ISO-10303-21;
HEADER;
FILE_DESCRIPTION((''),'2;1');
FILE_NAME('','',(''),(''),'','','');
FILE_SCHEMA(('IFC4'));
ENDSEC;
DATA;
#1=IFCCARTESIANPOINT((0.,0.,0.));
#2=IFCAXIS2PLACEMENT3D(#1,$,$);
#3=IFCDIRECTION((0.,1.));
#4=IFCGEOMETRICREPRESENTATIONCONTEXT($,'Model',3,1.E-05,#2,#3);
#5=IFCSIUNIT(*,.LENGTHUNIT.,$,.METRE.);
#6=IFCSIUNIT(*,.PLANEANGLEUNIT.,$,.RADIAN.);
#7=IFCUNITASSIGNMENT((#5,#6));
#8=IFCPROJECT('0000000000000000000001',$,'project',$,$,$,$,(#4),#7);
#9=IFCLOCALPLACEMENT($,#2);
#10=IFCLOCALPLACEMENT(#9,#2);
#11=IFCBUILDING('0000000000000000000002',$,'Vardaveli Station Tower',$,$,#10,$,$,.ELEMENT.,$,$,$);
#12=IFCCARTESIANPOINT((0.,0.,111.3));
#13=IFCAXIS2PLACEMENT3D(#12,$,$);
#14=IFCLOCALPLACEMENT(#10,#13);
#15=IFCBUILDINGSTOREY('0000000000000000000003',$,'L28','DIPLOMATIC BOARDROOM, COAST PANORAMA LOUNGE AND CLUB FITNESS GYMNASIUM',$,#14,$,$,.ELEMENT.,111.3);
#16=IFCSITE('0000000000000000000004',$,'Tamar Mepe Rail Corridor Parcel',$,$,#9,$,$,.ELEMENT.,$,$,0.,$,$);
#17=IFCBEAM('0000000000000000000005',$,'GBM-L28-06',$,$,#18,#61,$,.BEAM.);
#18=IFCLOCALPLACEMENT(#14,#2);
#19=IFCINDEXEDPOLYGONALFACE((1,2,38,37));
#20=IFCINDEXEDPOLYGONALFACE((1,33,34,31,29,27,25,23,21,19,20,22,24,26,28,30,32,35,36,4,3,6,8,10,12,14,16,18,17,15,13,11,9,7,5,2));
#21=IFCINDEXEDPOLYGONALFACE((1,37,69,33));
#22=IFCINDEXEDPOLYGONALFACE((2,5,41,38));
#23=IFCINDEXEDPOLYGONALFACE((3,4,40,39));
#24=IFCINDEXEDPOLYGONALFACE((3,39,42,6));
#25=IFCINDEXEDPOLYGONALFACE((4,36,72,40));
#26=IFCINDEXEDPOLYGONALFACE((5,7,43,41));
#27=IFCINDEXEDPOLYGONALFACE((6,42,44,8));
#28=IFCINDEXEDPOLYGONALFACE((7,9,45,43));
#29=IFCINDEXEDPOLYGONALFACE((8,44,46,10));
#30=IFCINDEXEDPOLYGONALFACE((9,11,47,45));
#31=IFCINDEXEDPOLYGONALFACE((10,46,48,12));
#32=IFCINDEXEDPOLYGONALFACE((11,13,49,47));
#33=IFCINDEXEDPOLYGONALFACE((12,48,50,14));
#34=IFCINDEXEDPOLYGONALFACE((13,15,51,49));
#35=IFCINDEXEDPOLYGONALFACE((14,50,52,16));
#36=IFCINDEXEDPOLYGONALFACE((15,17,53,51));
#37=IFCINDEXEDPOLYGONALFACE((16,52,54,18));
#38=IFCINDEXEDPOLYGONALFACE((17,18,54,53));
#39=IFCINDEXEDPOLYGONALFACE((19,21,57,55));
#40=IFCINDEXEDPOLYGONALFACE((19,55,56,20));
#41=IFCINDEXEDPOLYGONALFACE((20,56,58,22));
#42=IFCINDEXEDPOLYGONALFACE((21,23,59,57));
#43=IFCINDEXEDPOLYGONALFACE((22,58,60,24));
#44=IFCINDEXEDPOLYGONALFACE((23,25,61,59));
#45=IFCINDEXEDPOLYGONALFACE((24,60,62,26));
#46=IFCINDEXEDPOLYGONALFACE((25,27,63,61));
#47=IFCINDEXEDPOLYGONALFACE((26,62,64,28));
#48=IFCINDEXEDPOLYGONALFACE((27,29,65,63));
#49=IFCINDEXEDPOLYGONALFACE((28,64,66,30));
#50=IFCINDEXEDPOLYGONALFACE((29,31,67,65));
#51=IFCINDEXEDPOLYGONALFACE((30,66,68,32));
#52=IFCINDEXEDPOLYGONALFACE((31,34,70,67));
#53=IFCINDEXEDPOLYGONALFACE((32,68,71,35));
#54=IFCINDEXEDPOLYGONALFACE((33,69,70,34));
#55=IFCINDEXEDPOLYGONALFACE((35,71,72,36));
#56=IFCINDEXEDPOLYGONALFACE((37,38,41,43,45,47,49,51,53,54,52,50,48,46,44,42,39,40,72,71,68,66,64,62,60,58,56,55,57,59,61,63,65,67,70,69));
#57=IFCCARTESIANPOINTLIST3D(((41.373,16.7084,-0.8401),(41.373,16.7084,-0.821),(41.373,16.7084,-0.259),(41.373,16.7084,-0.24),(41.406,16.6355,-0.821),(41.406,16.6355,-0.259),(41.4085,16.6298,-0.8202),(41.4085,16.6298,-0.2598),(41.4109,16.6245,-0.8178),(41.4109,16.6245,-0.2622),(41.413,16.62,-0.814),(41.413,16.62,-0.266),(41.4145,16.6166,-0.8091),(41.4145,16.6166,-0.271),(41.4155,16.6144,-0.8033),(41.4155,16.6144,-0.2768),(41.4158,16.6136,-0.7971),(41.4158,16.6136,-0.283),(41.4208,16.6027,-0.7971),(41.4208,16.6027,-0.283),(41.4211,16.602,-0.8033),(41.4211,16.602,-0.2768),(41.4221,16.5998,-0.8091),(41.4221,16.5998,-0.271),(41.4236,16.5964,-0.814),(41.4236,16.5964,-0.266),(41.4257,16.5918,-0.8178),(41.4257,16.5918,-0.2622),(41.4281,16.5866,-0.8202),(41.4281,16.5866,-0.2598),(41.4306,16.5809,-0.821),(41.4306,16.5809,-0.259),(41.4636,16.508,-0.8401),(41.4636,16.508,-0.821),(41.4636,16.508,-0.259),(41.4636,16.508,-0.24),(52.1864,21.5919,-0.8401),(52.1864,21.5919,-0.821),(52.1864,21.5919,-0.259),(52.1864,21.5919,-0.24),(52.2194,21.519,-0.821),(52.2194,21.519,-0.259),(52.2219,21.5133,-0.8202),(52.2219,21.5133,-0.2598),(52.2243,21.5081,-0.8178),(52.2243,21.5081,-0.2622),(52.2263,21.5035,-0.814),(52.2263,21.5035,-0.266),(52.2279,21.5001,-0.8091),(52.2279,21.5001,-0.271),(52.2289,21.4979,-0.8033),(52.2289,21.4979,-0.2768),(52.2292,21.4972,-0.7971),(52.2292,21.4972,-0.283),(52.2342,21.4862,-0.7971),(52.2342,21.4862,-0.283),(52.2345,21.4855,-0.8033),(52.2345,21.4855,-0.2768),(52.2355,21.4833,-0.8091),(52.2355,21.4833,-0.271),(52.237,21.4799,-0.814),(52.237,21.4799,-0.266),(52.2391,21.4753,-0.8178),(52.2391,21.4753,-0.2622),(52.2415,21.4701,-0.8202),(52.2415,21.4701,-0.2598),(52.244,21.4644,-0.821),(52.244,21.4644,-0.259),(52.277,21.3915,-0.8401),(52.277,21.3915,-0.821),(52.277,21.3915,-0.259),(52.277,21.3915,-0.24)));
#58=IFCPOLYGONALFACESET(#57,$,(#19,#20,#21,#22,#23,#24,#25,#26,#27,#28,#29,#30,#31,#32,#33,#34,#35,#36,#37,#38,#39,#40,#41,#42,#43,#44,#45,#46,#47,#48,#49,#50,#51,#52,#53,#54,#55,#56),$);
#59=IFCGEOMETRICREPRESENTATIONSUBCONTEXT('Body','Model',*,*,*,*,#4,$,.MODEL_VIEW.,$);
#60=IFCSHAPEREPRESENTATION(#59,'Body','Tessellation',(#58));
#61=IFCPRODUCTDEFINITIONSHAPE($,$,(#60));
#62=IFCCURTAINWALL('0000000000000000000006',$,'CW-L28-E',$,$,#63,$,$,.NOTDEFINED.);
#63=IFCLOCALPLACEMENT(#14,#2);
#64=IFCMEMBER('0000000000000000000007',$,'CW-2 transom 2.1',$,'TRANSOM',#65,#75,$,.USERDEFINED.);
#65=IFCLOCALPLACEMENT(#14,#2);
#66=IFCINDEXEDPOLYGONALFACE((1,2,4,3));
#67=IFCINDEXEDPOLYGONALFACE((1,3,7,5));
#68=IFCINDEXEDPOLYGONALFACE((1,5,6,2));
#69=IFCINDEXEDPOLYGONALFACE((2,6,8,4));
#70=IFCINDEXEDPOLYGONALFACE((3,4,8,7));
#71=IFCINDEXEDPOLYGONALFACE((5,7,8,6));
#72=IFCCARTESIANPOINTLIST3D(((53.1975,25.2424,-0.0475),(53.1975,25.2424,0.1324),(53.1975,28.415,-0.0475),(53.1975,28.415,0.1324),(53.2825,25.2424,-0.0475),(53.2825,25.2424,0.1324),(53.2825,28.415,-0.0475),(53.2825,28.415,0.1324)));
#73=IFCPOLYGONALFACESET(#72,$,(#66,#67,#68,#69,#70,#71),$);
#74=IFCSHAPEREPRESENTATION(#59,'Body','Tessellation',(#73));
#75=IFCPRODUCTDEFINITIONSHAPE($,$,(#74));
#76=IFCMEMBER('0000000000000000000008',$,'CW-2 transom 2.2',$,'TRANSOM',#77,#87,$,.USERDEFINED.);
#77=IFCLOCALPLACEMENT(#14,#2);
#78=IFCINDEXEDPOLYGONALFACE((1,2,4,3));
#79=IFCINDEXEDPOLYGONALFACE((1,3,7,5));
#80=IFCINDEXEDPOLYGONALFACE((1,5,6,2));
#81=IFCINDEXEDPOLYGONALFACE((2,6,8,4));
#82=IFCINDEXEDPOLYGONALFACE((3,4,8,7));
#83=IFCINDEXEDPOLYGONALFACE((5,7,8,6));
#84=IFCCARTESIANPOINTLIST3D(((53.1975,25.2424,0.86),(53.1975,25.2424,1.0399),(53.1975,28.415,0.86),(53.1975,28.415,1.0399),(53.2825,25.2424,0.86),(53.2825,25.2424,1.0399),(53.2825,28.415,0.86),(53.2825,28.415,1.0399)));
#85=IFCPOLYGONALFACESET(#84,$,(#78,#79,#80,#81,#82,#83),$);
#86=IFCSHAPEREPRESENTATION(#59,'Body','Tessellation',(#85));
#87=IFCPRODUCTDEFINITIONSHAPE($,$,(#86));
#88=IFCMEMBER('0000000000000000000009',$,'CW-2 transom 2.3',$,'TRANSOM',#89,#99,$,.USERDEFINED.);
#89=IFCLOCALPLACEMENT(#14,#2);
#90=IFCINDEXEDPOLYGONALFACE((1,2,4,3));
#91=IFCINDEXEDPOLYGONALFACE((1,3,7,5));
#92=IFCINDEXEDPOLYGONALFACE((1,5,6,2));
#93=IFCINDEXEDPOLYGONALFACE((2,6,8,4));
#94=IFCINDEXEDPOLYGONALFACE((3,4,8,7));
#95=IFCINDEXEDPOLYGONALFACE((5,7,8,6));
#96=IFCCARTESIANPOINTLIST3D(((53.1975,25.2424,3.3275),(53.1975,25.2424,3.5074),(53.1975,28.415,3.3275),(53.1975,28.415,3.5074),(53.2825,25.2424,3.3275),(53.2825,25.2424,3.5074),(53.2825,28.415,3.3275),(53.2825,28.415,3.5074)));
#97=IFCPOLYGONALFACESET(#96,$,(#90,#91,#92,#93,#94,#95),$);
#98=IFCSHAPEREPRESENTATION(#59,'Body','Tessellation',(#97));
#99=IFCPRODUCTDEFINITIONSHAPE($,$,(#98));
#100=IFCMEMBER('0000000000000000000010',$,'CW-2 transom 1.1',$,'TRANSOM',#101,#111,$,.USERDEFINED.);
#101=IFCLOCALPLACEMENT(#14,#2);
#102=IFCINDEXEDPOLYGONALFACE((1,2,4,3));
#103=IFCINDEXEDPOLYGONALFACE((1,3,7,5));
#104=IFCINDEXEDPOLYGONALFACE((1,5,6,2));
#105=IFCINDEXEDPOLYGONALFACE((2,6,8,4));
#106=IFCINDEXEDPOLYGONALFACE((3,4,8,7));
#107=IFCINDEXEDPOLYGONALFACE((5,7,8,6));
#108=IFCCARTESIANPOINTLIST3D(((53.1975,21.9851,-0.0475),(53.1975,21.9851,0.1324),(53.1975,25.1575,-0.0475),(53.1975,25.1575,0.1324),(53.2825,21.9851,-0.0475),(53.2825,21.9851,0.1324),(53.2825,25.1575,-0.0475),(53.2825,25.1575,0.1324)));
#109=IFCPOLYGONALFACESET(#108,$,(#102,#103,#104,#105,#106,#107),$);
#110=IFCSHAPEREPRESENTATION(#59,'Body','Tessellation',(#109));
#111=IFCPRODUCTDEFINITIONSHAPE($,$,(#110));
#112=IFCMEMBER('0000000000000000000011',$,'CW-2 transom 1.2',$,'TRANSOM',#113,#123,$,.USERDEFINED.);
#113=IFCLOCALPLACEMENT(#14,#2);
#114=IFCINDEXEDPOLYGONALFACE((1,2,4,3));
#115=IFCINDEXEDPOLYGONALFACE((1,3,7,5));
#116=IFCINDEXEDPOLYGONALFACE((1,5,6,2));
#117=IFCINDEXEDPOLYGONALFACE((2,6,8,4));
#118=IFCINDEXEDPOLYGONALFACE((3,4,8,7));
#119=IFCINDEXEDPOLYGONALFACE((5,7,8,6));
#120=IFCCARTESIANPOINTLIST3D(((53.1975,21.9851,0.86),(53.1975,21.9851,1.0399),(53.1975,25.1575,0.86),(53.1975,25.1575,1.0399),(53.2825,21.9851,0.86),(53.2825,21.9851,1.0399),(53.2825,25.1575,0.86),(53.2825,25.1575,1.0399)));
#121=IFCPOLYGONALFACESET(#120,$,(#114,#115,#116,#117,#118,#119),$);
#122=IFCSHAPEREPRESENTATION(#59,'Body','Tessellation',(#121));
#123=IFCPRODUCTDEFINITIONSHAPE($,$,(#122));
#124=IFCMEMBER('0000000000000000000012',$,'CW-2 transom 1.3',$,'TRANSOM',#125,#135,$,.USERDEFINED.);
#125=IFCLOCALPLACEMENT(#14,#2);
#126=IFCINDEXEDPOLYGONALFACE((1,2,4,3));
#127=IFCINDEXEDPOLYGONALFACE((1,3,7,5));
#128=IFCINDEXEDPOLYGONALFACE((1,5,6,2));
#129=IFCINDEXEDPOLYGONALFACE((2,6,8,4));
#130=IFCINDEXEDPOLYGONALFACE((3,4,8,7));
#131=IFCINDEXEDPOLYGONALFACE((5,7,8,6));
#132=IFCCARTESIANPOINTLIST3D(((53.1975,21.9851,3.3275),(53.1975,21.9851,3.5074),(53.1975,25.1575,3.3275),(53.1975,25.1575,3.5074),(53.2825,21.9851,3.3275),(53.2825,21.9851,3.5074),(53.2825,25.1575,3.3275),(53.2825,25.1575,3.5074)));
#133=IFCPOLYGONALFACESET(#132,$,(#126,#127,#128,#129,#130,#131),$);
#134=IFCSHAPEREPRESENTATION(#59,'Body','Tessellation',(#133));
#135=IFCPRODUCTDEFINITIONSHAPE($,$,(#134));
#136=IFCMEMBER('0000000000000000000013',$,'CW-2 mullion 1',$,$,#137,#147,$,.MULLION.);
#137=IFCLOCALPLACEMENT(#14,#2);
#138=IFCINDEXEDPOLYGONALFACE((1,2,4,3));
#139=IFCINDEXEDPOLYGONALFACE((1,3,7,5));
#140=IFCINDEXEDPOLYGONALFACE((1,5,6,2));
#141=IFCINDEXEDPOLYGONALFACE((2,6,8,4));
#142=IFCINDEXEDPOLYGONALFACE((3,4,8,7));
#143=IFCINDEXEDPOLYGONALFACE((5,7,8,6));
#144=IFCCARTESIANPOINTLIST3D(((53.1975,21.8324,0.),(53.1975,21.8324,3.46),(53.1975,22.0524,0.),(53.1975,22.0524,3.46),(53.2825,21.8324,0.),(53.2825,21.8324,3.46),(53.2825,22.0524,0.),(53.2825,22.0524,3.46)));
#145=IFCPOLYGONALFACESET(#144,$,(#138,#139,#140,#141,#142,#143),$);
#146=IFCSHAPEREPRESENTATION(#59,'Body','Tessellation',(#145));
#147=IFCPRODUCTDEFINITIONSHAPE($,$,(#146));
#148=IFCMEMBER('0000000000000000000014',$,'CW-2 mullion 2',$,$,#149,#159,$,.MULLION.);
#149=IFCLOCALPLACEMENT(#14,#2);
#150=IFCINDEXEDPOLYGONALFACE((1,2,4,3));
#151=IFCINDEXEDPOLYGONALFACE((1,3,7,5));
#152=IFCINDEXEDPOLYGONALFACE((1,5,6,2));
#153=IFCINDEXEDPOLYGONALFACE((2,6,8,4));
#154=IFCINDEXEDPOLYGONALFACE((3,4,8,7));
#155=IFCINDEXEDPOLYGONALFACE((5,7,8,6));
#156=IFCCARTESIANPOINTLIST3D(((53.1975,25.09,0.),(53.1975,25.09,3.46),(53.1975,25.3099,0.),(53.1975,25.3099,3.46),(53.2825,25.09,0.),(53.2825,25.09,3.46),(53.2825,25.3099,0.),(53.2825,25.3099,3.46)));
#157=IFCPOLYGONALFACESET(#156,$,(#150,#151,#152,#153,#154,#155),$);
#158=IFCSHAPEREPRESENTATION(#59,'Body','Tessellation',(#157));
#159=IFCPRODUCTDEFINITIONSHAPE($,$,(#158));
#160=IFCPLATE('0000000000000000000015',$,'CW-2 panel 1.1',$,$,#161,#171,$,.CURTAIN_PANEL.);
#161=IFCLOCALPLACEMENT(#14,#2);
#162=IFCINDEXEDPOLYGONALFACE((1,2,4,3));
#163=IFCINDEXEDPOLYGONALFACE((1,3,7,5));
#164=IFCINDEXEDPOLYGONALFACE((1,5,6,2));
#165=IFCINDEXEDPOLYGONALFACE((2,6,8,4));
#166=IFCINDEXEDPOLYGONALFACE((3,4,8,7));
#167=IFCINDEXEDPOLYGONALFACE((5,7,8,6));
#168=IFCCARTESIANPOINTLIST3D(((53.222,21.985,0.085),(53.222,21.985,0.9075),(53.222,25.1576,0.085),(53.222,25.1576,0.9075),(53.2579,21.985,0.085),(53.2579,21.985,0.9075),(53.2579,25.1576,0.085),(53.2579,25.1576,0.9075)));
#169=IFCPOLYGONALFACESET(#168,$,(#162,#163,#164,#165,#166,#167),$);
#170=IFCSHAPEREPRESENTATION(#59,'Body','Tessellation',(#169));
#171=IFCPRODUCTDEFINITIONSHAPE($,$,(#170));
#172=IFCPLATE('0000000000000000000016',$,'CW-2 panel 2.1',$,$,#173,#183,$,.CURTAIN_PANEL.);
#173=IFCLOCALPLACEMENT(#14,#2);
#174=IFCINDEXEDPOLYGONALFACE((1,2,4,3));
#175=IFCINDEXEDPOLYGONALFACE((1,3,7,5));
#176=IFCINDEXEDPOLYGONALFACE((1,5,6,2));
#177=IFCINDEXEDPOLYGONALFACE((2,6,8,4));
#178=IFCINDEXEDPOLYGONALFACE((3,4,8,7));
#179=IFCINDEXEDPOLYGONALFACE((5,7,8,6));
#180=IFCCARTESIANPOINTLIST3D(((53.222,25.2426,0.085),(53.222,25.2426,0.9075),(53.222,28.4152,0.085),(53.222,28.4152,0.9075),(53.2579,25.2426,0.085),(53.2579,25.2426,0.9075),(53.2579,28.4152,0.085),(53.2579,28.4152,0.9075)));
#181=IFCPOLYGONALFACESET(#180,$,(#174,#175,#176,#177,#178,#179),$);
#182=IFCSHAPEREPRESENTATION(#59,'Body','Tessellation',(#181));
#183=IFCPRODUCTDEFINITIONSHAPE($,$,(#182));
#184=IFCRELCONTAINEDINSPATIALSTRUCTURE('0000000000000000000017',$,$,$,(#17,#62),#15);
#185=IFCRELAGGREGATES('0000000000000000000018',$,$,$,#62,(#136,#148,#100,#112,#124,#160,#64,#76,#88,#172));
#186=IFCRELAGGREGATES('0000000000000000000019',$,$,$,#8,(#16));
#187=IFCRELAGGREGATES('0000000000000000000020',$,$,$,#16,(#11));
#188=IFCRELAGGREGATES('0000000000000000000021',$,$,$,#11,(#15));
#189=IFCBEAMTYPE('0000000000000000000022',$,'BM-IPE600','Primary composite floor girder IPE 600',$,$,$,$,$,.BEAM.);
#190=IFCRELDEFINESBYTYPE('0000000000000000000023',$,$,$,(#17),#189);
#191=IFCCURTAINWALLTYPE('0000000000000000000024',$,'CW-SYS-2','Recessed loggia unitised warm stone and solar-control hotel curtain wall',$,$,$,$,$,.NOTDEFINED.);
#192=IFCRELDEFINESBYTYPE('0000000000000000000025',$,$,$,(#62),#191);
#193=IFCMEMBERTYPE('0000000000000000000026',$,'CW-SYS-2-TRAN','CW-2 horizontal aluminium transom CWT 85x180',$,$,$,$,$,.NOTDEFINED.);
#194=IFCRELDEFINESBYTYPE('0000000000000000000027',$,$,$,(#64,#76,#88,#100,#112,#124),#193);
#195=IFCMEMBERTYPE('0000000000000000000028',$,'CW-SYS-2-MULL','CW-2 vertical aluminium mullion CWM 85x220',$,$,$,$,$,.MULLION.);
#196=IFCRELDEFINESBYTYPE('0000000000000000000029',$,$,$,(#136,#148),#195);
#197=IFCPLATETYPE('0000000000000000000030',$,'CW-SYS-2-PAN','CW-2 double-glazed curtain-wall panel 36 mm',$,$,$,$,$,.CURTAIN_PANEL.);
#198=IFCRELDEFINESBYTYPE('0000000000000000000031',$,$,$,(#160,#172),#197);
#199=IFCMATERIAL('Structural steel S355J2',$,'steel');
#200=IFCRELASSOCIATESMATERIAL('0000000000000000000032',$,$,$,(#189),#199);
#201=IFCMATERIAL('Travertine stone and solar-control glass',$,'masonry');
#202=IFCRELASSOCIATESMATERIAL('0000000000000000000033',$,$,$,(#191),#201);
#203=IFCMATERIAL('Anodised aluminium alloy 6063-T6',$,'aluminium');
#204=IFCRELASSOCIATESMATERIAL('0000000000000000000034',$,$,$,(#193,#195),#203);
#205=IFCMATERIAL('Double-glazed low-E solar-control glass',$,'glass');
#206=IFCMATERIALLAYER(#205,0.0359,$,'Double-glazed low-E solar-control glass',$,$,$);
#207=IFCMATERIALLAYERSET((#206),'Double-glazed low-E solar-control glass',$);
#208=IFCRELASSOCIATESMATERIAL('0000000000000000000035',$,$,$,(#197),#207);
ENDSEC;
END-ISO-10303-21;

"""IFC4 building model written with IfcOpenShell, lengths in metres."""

from ifc_helpers import new_model, si_unit, direction, frame, origin, origin_2d, place, context, subcontext, project, spatial, rectangle, i_section, extrude, source, transform, mapped, material, layer, layer_set, material_profile, profile_set, type_object, element, aggregate, save


model = new_model("IFC4")

# Units and contexts
model_context = context("Model", 3, precision=1e-05, world=origin(), true_north=direction((0.0, 1.0)))
body_context = subcontext(model_context, "Body", "Model", "MODEL_VIEW")
ifc_project = project(units=[si_unit("LENGTHUNIT", "METRE"), si_unit("PLANEANGLEUNIT", "RADIAN")], contexts=[model_context])

# Site, building, storey
site_placement = place(None, origin())
site = spatial("IfcSite", under=ifc_project, at=site_placement, Name="Tamar Mepe Rail Corridor Parcel", CompositionType="ELEMENT", RefElevation=0.0)
building_placement = place(site_placement, origin())
building = spatial("IfcBuilding", under=site, at=building_placement, Name="Vardaveli Station Tower", CompositionType="ELEMENT")
storey_placement = place(building_placement, frame((0.0, 0.0, 111.3)))
storey = spatial("IfcBuildingStorey", under=building, at=storey_placement, Name="L28", Description="DIPLOMATIC BOARDROOM, COAST PANORAMA LOUNGE AND CLUB FITNESS GYMNASIUM", CompositionType="ELEMENT", Elevation=111.3)

# Beam
ifc_material_1 = material(Name="Structural steel S355J2", Category="steel")
ifc_material_profile_1 = material_profile(ifc_material_1, i_section(OverallWidth=0.22, OverallDepth=0.6001, WebThickness=0.012, FlangeThickness=0.019, FilletRadius=0.0239, at=origin_2d()), Name="IPE 600")
ifc_profile_set_1 = profile_set([ifc_material_profile_1], Name="Structural steel S355J2")
beam_type_1 = type_object("IfcBeamType", Name="BM-IPE600", Description="Primary composite floor girder IPE 600", PredefinedType="BEAM", material=ifc_profile_set_1)
shared_shape_1 = source(origin(), body_context, "Body", "SweptSolid", [
    extrude(i_section(OverallWidth=0.22, OverallDepth=0.6001, WebThickness=0.012, FlangeThickness=0.019, FilletRadius=0.0239, at=origin_2d()), origin(), (0.0, 0.0, 1.0), 11.865),
])
beam_1_placement = place(storey_placement, frame((52.2317, 21.4917, -0.54), z_axis=(-0.911369, -0.411589, 0.0), x_axis=(0.411589, -0.911369, 0.0)))
element("IfcBeam", 1, at=beam_1_placement, inside=storey, type_object=beam_type_1, Name="GBM-L28-06", PredefinedType="BEAM", context=body_context, shape_type="MappedRepresentation", body=[
    mapped(shared_shape_1, transform((0.0, 0.0, 0.0), scale=1.0)),
])

# Curtain wall, members, plates
ifc_material_2 = material(Name="Travertine stone and solar-control glass", Category="masonry")
curtain_wall_type = type_object("IfcCurtainWallType", Name="CW-SYS-2", Description="Recessed loggia unitised warm stone and solar-control hotel curtain wall", PredefinedType="NOTDEFINED", material=ifc_material_2)
curtain_wall_placement = place(storey_placement, origin())
curtain_wall = element("IfcCurtainWall", 2, at=curtain_wall_placement, inside=storey, type_object=curtain_wall_type, Name="CW-L28-E", PredefinedType="NOTDEFINED")
ifc_material_3 = material(Name="Anodised aluminium alloy 6063-T6", Category="aluminium")
ifc_material_profile_2 = material_profile(ifc_material_3, rectangle(XDim=0.085, YDim=0.1799, at=origin_2d()), Name="CWT 85x180")
ifc_profile_set_2 = profile_set([ifc_material_profile_2], Name="Anodised aluminium alloy 6063-T6")
member_type_1 = type_object("IfcMemberType", Name="CW-SYS-2-TRAN", Description="CW-2 horizontal aluminium transom CWT 85x180", PredefinedType="NOTDEFINED", material=ifc_profile_set_2)
shared_shape_2 = source(origin(), body_context, "Body", "SweptSolid", [
    extrude(rectangle(XDim=0.085, YDim=0.1799, at=origin_2d()), origin(), (0.0, 0.0, 1.0), 3.1726),
])
member_1_placement = place(storey_placement, frame((53.24, 25.2424, 0.0425), z_axis=(0.0, 1.0, 0.0), x_axis=(-1.0, 0.0, 0.0)))
member_1 = element("IfcMember", 3, at=member_1_placement, type_object=member_type_1, Name="CW-2 transom 2.1", ObjectType="TRANSOM", PredefinedType="USERDEFINED", context=body_context, shape_type="MappedRepresentation", body=[
    mapped(shared_shape_2, transform((0.0, 0.0, 0.0), scale=1.0)),
])
member_2_placement = place(storey_placement, frame((53.24, 25.2424, 0.95), z_axis=(0.0, 1.0, 0.0), x_axis=(-1.0, 0.0, 0.0)))
member_2 = element("IfcMember", 4, at=member_2_placement, type_object=member_type_1, Name="CW-2 transom 2.2", ObjectType="TRANSOM", PredefinedType="USERDEFINED", context=body_context, shape_type="MappedRepresentation", body=[
    mapped(shared_shape_2, transform((0.0, 0.0, 0.0), scale=1.0)),
])
member_3_placement = place(storey_placement, frame((53.24, 25.2424, 3.4175), z_axis=(0.0, 1.0, 0.0), x_axis=(-1.0, 0.0, 0.0)))
member_3 = element("IfcMember", 5, at=member_3_placement, type_object=member_type_1, Name="CW-2 transom 2.3", ObjectType="TRANSOM", PredefinedType="USERDEFINED", context=body_context, shape_type="MappedRepresentation", body=[
    mapped(shared_shape_2, transform((0.0, 0.0, 0.0), scale=1.0)),
])
shared_shape_3 = source(origin(), body_context, "Body", "SweptSolid", [
    extrude(rectangle(XDim=0.085, YDim=0.1799, at=origin_2d()), origin(), (0.0, 0.0, 1.0), 3.1724),
])
member_4_placement = place(storey_placement, frame((53.24, 21.9851, 0.0425), z_axis=(0.0, 1.0, 0.0), x_axis=(-1.0, 0.0, 0.0)))
member_4 = element("IfcMember", 6, at=member_4_placement, type_object=member_type_1, Name="CW-2 transom 1.1", ObjectType="TRANSOM", PredefinedType="USERDEFINED", context=body_context, shape_type="MappedRepresentation", body=[
    mapped(shared_shape_3, transform((0.0, 0.0, 0.0), scale=1.0)),
])
member_5_placement = place(storey_placement, frame((53.24, 21.9851, 0.95), z_axis=(0.0, 1.0, 0.0), x_axis=(-1.0, 0.0, 0.0)))
member_5 = element("IfcMember", 7, at=member_5_placement, type_object=member_type_1, Name="CW-2 transom 1.2", ObjectType="TRANSOM", PredefinedType="USERDEFINED", context=body_context, shape_type="MappedRepresentation", body=[
    mapped(shared_shape_3, transform((0.0, 0.0, 0.0), scale=1.0)),
])
member_6_placement = place(storey_placement, frame((53.24, 21.9851, 3.4175), z_axis=(0.0, 1.0, 0.0), x_axis=(-1.0, 0.0, 0.0)))
member_6 = element("IfcMember", 8, at=member_6_placement, type_object=member_type_1, Name="CW-2 transom 1.3", ObjectType="TRANSOM", PredefinedType="USERDEFINED", context=body_context, shape_type="MappedRepresentation", body=[
    mapped(shared_shape_3, transform((0.0, 0.0, 0.0), scale=1.0)),
])
ifc_material_profile_3 = material_profile(ifc_material_3, rectangle(XDim=0.085, YDim=0.22, at=origin_2d()), Name="CWM 85x220")
ifc_profile_set_3 = profile_set([ifc_material_profile_3], Name="Anodised aluminium alloy 6063-T6")
member_type_2 = type_object("IfcMemberType", Name="CW-SYS-2-MULL", Description="CW-2 vertical aluminium mullion CWM 85x220", PredefinedType="MULLION", material=ifc_profile_set_3)
shared_shape_4 = source(origin(), body_context, "Body", "SweptSolid", [
    extrude(rectangle(XDim=0.085, YDim=0.22, at=origin_2d()), origin(), (0.0, 0.0, 1.0), 3.46),
])
member_7_placement = place(storey_placement, frame((53.24, 21.9424, 0.0), z_axis=(0.0, 0.0, 1.0), x_axis=(-1.0, 0.0, 0.0)))
member_7 = element("IfcMember", 9, at=member_7_placement, type_object=member_type_2, Name="CW-2 mullion 1", PredefinedType="MULLION", context=body_context, shape_type="MappedRepresentation", body=[
    mapped(shared_shape_4, transform((0.0, 0.0, 0.0), scale=1.0)),
])
member_8_placement = place(storey_placement, frame((53.24, 25.2, 0.0), z_axis=(0.0, 0.0, 1.0), x_axis=(-1.0, 0.0, 0.0)))
member_8 = element("IfcMember", 10, at=member_8_placement, type_object=member_type_2, Name="CW-2 mullion 2", PredefinedType="MULLION", context=body_context, shape_type="MappedRepresentation", body=[
    mapped(shared_shape_4, transform((0.0, 0.0, 0.0), scale=1.0)),
])
ifc_material_4 = material(Name="Double-glazed low-E solar-control glass", Category="glass")
ifc_layer_1 = layer(ifc_material_4, 0.0359, Name="Double-glazed low-E solar-control glass")
ifc_layer_set_1 = layer_set([ifc_layer_1], Name="Double-glazed low-E solar-control glass")
plate_type = type_object("IfcPlateType", Name="CW-SYS-2-PAN", Description="CW-2 double-glazed curtain-wall panel 36 mm", PredefinedType="CURTAIN_PANEL", material=ifc_layer_set_1)
shared_shape_5 = source(origin(), body_context, "Body", "SweptSolid", [
    extrude(rectangle(XDim=3.1726, YDim=0.0359, at=origin_2d()), origin(), (0.0, 0.0, 1.0), 0.8225),
])
plate_1_placement = place(storey_placement, frame((53.24, 23.5713, 0.085), z_axis=(0.0, 0.0, 1.0), x_axis=(0.0, 1.0, 0.0)))
plate_1 = element("IfcPlate", 11, at=plate_1_placement, type_object=plate_type, Name="CW-2 panel 1.1", PredefinedType="CURTAIN_PANEL", context=body_context, shape_type="MappedRepresentation", body=[
    mapped(shared_shape_5, transform((0.0, 0.0, 0.0), scale=1.0)),
])
plate_2_placement = place(storey_placement, frame((53.24, 26.8289, 0.085), z_axis=(0.0, 0.0, 1.0), x_axis=(0.0, 1.0, 0.0)))
plate_2 = element("IfcPlate", 12, at=plate_2_placement, type_object=plate_type, Name="CW-2 panel 2.1", PredefinedType="CURTAIN_PANEL", context=body_context, shape_type="MappedRepresentation", body=[
    mapped(shared_shape_5, transform((0.0, 0.0, 0.0), scale=1.0)),
])
aggregate(curtain_wall, [member_7, member_8, member_4, member_5, member_6, plate_1, member_1, member_2, member_3, plate_2])

save(model, "model.ifc")
